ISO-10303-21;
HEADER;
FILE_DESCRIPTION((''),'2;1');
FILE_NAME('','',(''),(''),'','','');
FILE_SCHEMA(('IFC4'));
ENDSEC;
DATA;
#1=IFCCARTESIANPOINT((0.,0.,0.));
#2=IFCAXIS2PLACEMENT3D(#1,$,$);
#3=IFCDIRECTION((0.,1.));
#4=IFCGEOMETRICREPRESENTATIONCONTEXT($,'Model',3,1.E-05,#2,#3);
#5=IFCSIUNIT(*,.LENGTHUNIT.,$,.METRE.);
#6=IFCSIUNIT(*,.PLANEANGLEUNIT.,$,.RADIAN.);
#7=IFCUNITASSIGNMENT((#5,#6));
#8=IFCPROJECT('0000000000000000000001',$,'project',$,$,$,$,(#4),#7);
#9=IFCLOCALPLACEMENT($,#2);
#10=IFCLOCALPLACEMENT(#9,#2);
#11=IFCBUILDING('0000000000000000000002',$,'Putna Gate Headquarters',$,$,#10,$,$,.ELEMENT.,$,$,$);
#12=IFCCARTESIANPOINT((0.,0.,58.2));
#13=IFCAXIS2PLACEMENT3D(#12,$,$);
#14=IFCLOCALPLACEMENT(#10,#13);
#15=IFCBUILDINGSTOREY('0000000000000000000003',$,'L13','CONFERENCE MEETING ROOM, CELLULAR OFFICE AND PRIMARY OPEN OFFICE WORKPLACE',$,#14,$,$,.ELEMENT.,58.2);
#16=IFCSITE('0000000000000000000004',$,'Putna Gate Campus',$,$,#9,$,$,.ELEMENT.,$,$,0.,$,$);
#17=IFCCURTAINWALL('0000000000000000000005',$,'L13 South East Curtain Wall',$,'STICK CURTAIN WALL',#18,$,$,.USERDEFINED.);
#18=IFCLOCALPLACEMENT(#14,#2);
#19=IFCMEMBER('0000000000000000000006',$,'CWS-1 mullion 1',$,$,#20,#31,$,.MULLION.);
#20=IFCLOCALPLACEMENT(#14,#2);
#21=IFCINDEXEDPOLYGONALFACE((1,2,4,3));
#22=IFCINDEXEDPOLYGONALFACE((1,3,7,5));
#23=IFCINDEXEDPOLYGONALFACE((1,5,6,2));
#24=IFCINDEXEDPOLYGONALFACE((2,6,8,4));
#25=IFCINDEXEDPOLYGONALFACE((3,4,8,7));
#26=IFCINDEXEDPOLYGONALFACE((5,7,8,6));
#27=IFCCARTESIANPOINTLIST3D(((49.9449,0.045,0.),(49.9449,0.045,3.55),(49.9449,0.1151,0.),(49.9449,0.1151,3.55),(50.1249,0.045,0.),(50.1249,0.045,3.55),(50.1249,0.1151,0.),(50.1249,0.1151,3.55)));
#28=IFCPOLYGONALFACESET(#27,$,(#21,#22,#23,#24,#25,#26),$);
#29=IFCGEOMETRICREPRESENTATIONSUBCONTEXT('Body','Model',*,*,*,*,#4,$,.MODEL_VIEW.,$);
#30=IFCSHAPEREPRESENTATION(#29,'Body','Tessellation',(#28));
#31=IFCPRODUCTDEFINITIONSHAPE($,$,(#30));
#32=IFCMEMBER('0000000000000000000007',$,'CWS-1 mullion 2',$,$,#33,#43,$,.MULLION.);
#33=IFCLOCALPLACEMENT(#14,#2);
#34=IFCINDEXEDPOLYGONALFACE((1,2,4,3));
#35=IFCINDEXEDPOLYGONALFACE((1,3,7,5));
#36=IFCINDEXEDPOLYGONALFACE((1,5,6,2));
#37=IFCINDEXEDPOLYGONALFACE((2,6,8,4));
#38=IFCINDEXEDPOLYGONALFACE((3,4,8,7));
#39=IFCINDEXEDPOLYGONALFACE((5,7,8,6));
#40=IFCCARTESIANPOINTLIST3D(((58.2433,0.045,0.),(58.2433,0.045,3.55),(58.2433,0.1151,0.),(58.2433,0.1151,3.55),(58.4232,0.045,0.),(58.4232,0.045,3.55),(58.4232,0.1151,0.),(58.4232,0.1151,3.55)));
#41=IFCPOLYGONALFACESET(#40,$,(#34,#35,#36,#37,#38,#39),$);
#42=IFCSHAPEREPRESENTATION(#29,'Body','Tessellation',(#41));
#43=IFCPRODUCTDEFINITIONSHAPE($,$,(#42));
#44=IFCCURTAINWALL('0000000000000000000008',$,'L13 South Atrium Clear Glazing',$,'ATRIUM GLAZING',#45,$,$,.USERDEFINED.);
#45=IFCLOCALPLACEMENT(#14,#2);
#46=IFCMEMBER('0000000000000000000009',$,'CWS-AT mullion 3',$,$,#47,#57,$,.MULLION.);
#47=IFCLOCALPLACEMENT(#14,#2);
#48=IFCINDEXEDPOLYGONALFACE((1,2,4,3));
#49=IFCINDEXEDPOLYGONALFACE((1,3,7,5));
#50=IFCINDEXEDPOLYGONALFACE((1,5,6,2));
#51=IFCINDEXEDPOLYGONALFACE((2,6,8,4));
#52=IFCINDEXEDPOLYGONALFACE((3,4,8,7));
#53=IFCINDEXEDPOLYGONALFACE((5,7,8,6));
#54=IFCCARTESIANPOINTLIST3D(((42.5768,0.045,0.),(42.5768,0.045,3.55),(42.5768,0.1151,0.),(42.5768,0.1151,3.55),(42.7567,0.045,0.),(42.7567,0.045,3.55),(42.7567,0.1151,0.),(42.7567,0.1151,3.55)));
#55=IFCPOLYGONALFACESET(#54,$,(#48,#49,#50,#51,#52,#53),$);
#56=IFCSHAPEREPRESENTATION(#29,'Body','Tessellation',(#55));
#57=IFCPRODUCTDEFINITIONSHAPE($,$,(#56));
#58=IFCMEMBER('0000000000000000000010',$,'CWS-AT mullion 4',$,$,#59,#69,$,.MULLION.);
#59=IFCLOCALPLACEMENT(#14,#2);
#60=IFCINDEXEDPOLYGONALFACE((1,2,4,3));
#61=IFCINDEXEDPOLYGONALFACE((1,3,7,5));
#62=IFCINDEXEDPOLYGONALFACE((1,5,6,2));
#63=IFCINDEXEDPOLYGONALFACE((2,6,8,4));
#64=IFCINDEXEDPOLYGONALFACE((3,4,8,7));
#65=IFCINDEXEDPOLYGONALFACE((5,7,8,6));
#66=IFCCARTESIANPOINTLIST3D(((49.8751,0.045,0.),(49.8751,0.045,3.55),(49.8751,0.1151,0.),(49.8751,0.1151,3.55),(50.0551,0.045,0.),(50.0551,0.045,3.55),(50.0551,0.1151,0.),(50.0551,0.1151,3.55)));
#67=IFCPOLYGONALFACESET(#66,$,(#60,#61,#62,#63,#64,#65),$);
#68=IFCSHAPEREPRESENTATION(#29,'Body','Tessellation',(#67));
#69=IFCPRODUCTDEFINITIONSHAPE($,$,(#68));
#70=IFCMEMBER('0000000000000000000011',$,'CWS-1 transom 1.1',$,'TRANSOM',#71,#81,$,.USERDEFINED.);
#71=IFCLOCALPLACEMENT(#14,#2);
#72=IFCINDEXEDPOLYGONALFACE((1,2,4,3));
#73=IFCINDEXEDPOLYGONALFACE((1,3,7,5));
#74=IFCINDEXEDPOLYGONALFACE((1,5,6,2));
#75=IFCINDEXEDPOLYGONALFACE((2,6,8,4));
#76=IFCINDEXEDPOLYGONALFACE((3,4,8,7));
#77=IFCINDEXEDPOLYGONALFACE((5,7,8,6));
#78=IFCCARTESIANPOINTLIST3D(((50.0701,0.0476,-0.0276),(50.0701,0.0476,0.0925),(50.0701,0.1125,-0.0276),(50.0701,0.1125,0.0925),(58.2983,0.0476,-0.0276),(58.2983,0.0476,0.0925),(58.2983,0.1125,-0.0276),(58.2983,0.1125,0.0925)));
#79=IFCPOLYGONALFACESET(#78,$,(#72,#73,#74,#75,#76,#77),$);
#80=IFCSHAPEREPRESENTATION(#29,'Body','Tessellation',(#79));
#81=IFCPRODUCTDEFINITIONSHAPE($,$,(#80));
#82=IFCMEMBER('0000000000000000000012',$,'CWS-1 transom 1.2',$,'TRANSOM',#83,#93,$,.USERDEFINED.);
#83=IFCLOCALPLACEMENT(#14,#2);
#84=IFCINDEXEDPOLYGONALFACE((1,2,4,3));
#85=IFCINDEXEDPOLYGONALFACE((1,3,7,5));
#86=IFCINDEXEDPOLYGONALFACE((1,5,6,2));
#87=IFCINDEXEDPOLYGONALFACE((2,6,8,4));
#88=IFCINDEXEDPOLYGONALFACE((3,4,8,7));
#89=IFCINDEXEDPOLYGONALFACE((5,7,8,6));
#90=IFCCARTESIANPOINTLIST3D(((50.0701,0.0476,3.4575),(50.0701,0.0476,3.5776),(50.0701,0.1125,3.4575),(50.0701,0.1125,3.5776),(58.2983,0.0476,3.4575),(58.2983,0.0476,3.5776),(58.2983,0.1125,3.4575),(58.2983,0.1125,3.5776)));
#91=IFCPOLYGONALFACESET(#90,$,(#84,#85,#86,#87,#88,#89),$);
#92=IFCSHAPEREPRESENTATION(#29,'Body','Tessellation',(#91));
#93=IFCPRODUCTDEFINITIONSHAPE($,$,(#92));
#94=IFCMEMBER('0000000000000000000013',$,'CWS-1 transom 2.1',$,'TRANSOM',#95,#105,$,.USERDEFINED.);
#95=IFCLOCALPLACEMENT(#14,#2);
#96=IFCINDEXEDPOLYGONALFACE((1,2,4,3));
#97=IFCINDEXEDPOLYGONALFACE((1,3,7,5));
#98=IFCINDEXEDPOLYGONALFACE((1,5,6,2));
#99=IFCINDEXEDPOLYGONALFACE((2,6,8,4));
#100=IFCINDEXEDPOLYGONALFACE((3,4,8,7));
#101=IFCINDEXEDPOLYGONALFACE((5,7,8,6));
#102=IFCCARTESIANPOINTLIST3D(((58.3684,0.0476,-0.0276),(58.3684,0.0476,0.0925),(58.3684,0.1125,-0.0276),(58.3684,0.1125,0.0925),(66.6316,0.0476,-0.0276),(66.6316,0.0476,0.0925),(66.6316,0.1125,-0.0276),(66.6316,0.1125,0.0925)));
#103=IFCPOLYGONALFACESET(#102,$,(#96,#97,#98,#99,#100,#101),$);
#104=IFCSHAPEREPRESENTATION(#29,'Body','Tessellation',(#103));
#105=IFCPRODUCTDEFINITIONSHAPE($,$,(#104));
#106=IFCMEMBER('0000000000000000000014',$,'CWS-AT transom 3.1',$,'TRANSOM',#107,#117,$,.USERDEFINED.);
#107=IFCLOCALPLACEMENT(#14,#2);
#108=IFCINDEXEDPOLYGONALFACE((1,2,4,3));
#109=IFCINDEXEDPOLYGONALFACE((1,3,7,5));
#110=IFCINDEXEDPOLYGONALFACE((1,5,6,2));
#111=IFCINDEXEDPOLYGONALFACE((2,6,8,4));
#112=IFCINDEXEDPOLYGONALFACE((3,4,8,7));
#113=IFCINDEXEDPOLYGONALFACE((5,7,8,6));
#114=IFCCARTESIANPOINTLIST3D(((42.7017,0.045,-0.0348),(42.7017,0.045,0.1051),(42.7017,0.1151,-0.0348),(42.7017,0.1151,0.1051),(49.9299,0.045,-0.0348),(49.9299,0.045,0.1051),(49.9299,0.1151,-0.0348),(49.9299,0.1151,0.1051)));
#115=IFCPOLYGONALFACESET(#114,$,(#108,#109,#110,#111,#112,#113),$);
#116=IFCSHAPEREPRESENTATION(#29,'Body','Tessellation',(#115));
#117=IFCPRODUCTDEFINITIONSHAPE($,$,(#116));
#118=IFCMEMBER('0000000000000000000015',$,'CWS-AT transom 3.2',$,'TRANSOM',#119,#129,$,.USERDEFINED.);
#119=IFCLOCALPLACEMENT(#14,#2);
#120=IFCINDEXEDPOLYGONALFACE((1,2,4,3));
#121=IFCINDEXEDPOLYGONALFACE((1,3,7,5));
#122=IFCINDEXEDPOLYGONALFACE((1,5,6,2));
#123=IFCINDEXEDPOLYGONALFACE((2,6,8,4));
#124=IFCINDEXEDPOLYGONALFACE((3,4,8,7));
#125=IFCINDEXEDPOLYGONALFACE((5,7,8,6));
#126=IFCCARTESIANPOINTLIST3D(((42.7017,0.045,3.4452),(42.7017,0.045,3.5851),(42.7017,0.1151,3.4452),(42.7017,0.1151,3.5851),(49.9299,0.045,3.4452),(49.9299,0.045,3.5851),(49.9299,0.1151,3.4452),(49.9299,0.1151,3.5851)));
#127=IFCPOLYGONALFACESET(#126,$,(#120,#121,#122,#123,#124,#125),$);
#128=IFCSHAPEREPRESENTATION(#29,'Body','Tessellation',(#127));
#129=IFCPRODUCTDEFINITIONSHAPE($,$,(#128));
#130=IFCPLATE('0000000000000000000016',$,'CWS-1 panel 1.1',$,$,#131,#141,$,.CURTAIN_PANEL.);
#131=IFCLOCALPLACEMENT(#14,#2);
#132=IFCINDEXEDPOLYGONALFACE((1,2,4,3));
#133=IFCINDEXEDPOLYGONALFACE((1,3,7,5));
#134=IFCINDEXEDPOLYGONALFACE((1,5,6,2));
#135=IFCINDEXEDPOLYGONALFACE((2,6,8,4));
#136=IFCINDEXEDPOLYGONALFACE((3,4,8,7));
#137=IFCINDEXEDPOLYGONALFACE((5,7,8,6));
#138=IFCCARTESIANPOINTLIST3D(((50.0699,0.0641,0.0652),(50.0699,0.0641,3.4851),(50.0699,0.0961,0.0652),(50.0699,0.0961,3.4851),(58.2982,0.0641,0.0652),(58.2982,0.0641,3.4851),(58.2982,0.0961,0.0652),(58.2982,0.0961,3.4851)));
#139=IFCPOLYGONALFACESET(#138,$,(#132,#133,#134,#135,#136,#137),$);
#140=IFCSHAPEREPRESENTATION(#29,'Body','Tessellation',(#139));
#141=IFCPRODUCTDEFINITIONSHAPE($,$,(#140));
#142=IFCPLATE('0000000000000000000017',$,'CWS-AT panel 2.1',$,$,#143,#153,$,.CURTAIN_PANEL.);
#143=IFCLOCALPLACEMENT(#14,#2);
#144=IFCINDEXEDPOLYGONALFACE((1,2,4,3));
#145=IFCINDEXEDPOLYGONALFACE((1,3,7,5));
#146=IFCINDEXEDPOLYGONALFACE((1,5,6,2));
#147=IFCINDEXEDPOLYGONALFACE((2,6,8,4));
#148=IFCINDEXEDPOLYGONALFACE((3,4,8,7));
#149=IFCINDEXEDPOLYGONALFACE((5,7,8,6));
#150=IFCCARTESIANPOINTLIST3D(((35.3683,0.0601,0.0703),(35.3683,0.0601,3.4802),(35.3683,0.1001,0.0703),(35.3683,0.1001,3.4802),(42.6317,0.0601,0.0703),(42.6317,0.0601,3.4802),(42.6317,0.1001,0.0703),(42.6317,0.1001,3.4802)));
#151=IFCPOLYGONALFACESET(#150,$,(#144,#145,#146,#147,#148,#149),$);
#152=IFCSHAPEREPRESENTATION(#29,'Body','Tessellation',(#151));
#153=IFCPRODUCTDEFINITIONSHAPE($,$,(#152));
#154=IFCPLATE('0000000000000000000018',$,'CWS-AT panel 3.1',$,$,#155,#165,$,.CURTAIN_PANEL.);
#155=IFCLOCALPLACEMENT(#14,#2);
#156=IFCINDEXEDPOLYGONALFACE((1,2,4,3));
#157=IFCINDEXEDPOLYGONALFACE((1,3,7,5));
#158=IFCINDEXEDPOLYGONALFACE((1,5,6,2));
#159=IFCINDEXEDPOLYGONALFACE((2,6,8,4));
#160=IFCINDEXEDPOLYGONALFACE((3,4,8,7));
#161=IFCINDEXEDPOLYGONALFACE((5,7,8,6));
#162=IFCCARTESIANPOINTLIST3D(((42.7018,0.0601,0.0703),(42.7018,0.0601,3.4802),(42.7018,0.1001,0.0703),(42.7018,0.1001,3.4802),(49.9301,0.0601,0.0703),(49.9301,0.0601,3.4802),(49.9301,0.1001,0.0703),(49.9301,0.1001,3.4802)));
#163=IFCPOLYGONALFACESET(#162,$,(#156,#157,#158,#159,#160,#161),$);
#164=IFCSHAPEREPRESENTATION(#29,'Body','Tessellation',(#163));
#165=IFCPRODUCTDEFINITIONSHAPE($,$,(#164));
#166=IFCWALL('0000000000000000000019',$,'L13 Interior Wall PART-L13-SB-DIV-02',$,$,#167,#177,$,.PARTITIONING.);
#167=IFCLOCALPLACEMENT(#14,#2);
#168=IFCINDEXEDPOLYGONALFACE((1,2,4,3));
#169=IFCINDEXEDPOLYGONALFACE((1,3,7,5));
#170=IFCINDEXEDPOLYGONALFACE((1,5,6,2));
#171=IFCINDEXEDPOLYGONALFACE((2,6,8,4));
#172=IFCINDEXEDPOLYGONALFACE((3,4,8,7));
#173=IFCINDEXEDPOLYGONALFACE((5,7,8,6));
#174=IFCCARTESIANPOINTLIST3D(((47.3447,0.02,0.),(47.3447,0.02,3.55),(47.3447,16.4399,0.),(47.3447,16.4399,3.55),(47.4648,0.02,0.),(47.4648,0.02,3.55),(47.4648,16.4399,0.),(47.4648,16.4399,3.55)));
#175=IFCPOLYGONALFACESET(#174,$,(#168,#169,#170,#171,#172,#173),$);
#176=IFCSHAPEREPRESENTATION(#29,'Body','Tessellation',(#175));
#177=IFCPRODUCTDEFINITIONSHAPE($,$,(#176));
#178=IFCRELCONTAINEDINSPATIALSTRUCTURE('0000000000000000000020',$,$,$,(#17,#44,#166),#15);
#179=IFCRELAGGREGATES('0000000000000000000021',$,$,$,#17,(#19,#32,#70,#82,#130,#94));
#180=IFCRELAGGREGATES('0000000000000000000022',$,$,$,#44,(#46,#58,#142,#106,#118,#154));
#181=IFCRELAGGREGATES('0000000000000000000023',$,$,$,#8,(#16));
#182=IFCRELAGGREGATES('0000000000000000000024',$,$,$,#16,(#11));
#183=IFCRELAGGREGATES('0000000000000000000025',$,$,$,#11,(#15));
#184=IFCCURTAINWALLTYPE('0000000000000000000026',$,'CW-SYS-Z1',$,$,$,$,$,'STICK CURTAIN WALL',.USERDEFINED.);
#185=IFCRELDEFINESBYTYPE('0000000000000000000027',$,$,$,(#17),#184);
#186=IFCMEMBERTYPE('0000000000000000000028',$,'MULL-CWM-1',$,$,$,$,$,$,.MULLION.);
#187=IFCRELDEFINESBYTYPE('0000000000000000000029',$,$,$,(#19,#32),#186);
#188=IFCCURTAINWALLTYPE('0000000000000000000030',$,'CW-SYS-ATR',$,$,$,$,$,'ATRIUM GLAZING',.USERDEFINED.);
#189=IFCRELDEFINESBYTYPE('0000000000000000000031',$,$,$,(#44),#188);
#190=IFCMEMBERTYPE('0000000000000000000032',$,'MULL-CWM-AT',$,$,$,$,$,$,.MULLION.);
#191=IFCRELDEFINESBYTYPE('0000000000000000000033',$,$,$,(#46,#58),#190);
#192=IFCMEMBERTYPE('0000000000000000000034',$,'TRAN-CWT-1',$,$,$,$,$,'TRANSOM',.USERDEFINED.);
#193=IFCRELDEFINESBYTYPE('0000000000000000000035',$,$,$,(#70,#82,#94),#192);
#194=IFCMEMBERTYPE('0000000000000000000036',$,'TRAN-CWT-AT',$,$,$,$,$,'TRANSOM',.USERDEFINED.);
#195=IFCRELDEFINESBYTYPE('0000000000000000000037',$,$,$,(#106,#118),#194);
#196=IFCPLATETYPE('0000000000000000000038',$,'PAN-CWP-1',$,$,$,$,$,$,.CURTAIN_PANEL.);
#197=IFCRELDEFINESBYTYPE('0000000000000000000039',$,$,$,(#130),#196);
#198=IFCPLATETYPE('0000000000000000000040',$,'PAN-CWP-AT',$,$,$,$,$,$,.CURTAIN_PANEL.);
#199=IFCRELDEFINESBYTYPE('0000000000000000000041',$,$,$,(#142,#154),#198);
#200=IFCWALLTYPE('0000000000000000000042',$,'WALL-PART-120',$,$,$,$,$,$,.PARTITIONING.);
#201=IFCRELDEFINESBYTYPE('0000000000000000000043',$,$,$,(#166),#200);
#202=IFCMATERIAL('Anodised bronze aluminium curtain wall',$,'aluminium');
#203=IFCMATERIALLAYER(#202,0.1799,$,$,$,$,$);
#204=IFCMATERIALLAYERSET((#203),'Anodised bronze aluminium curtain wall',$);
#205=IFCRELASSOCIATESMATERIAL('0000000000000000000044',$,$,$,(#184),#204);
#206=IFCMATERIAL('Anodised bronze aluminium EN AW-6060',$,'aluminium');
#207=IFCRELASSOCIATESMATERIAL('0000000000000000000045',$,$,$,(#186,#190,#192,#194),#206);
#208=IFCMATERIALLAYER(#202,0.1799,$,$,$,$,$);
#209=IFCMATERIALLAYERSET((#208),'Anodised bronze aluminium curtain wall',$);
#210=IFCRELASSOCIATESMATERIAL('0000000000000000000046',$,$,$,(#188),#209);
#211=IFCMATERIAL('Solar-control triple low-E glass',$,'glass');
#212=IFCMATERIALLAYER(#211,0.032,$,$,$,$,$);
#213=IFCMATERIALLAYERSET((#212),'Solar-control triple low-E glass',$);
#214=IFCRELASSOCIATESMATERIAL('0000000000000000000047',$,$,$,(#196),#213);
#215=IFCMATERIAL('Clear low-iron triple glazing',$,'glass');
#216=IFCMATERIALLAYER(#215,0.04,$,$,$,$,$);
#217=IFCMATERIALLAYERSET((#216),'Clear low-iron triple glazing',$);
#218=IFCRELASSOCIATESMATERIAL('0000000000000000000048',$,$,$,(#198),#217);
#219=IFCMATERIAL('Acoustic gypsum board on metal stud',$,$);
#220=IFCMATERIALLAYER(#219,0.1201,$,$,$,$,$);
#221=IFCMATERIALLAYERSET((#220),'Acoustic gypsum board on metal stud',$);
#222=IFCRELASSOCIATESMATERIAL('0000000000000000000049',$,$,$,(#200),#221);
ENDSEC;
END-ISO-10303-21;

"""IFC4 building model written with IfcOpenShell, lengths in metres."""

from ifc_helpers import new_model, si_unit, direction, frame, frame_2d, origin, origin_2d, place, context, subcontext, project, spatial, rectangle, extrude, material, layer, layer_set, material_profile, profile_set, type_object, element, aggregate, save


model = new_model("IFC4")

# Units and contexts
model_context = context("Model", 3, precision=1e-05, world=origin(), true_north=direction((0.0, 1.0)))
body_context = subcontext(model_context, "Body", "Model", "MODEL_VIEW")
ifc_project = project(units=[si_unit("LENGTHUNIT", "METRE"), si_unit("PLANEANGLEUNIT", "RADIAN")], contexts=[model_context])

# Site, building, storey
site_placement = place(None, origin())
site = spatial("IfcSite", under=ifc_project, at=site_placement, Name="Putna Gate Campus", CompositionType="ELEMENT", RefElevation=0.0)
building_placement = place(site_placement, origin())
building = spatial("IfcBuilding", under=site, at=building_placement, Name="Putna Gate Headquarters", CompositionType="ELEMENT")
storey_placement = place(building_placement, frame((0.0, 0.0, 58.2)))
storey = spatial("IfcBuildingStorey", under=building, at=storey_placement, Name="L13", Description="CONFERENCE MEETING ROOM, CELLULAR OFFICE AND PRIMARY OPEN OFFICE WORKPLACE", CompositionType="ELEMENT", Elevation=58.2)

# Curtain walls, members
ifc_material_1 = material(Name="Anodised bronze aluminium curtain wall", Category="aluminium")
ifc_layer_1 = layer(ifc_material_1, 0.1799)
ifc_layer_set_1 = layer_set([ifc_layer_1], Name="Anodised bronze aluminium curtain wall")
curtain_wall_type_1 = type_object("IfcCurtainWallType", Name="CW-SYS-Z1", ElementType="STICK CURTAIN WALL", PredefinedType="USERDEFINED", material=ifc_layer_set_1)
curtain_wall_1_placement = place(storey_placement, origin())
curtain_wall_1 = element("IfcCurtainWall", 1, at=curtain_wall_1_placement, inside=storey, type_object=curtain_wall_type_1, Name="L13 South East Curtain Wall", ObjectType="STICK CURTAIN WALL", PredefinedType="USERDEFINED")
ifc_material_2 = material(Name="Anodised bronze aluminium EN AW-6060", Category="aluminium")
ifc_material_profile_1 = material_profile(ifc_material_2, rectangle(XDim=0.0701, YDim=0.1799, at=origin_2d()), Name="Anodised bronze aluminium EN AW-6060")
ifc_profile_set_1 = profile_set([ifc_material_profile_1], Name="Anodised bronze aluminium EN AW-6060")
member_type_1 = type_object("IfcMemberType", Name="MULL-CWM-1", PredefinedType="MULLION", material=ifc_profile_set_1)
member_1_placement = place(storey_placement, frame((50.0349, 0.0801, 0.0), z_axis=(0.0, 0.0, 1.0), x_axis=(0.0, 1.0, 0.0)))
member_1 = element("IfcMember", 2, at=member_1_placement, type_object=member_type_1, Name="CWS-1 mullion 1", PredefinedType="MULLION", context=body_context, shape_type="SweptSolid", body=[
    extrude(rectangle(XDim=0.0701, YDim=0.1799, at=origin_2d()), origin(), (0.0, 0.0, 1.0), 3.55),
])
member_2_placement = place(storey_placement, frame((58.3333, 0.0801, 0.0), z_axis=(0.0, 0.0, 1.0), x_axis=(0.0, 1.0, 0.0)))
member_2 = element("IfcMember", 3, at=member_2_placement, type_object=member_type_1, Name="CWS-1 mullion 2", PredefinedType="MULLION", context=body_context, shape_type="SweptSolid", body=[
    extrude(rectangle(XDim=0.0701, YDim=0.1799, at=origin_2d()), origin(), (0.0, 0.0, 1.0), 3.55),
])
ifc_layer_2 = layer(ifc_material_1, 0.1799)
ifc_layer_set_2 = layer_set([ifc_layer_2], Name="Anodised bronze aluminium curtain wall")
curtain_wall_type_2 = type_object("IfcCurtainWallType", Name="CW-SYS-ATR", ElementType="ATRIUM GLAZING", PredefinedType="USERDEFINED", material=ifc_layer_set_2)
curtain_wall_2_placement = place(storey_placement, origin())
curtain_wall_2 = element("IfcCurtainWall", 4, at=curtain_wall_2_placement, inside=storey, type_object=curtain_wall_type_2, Name="L13 South Atrium Clear Glazing", ObjectType="ATRIUM GLAZING", PredefinedType="USERDEFINED")
ifc_material_profile_2 = material_profile(ifc_material_2, rectangle(XDim=0.0701, YDim=0.1799, at=origin_2d()), Name="Anodised bronze aluminium EN AW-6060")
ifc_profile_set_2 = profile_set([ifc_material_profile_2], Name="Anodised bronze aluminium EN AW-6060")
member_type_2 = type_object("IfcMemberType", Name="MULL-CWM-AT", PredefinedType="MULLION", material=ifc_profile_set_2)
member_3_placement = place(storey_placement, frame((42.6667, 0.0801, 0.0), z_axis=(0.0, 0.0, 1.0), x_axis=(0.0, 1.0, 0.0)))
member_3 = element("IfcMember", 5, at=member_3_placement, type_object=member_type_2, Name="CWS-AT mullion 3", PredefinedType="MULLION", context=body_context, shape_type="SweptSolid", body=[
    extrude(rectangle(XDim=0.0701, YDim=0.1799, at=origin_2d()), origin(), (0.0, 0.0, 1.0), 3.55),
])
member_4_placement = place(storey_placement, frame((49.9651, 0.0801, 0.0), z_axis=(0.0, 0.0, 1.0), x_axis=(0.0, 1.0, 0.0)))
member_4 = element("IfcMember", 6, at=member_4_placement, type_object=member_type_2, Name="CWS-AT mullion 4", PredefinedType="MULLION", context=body_context, shape_type="SweptSolid", body=[
    extrude(rectangle(XDim=0.0701, YDim=0.1799, at=origin_2d()), origin(), (0.0, 0.0, 1.0), 3.55),
])

# Members
ifc_material_profile_3 = material_profile(ifc_material_2, rectangle(XDim=0.0649, YDim=0.1201, at=origin_2d()), Name="Anodised bronze aluminium EN AW-6060")
ifc_profile_set_3 = profile_set([ifc_material_profile_3], Name="Anodised bronze aluminium EN AW-6060")
member_type_3 = type_object("IfcMemberType", Name="TRAN-CWT-1", ElementType="TRANSOM", PredefinedType="USERDEFINED", material=ifc_profile_set_3)
member_5_placement = place(storey_placement, frame((50.0701, 0.0801, 0.0325), z_axis=(1.0, 0.0, 0.0), x_axis=(0.0, 1.0, 0.0)))
member_5 = element("IfcMember", 7, at=member_5_placement, type_object=member_type_3, Name="CWS-1 transom 1.1", ObjectType="TRANSOM", PredefinedType="USERDEFINED", context=body_context, shape_type="SweptSolid", body=[
    extrude(rectangle(XDim=0.0649, YDim=0.1201, at=origin_2d()), origin(), (0.0, 0.0, 1.0), 8.2283),
])
member_6_placement = place(storey_placement, frame((50.0701, 0.0801, 3.5176), z_axis=(1.0, 0.0, 0.0), x_axis=(0.0, 1.0, 0.0)))
member_6 = element("IfcMember", 8, at=member_6_placement, type_object=member_type_3, Name="CWS-1 transom 1.2", ObjectType="TRANSOM", PredefinedType="USERDEFINED", context=body_context, shape_type="SweptSolid", body=[
    extrude(rectangle(XDim=0.0649, YDim=0.1201, at=origin_2d()), origin(), (0.0, 0.0, 1.0), 8.2283),
])
member_7_placement = place(storey_placement, frame((58.3684, 0.0801, 0.0325), z_axis=(1.0, 0.0, 0.0), x_axis=(0.0, 1.0, 0.0)))
member_7 = element("IfcMember", 9, at=member_7_placement, type_object=member_type_3, Name="CWS-1 transom 2.1", ObjectType="TRANSOM", PredefinedType="USERDEFINED", context=body_context, shape_type="SweptSolid", body=[
    extrude(rectangle(XDim=0.0649, YDim=0.1201, at=origin_2d()), origin(), (0.0, 0.0, 1.0), 8.2632),
])
ifc_material_profile_4 = material_profile(ifc_material_2, rectangle(XDim=0.0701, YDim=0.1399, at=origin_2d()), Name="Anodised bronze aluminium EN AW-6060")
ifc_profile_set_4 = profile_set([ifc_material_profile_4], Name="Anodised bronze aluminium EN AW-6060")
member_type_4 = type_object("IfcMemberType", Name="TRAN-CWT-AT", ElementType="TRANSOM", PredefinedType="USERDEFINED", material=ifc_profile_set_4)
member_8_placement = place(storey_placement, frame((42.7017, 0.0801, 0.0352), z_axis=(1.0, 0.0, 0.0), x_axis=(0.0, 1.0, 0.0)))
member_8 = element("IfcMember", 10, at=member_8_placement, type_object=member_type_4, Name="CWS-AT transom 3.1", ObjectType="TRANSOM", PredefinedType="USERDEFINED", context=body_context, shape_type="SweptSolid", body=[
    extrude(rectangle(XDim=0.0701, YDim=0.1399, at=origin_2d()), origin(), (0.0, 0.0, 1.0), 7.2283),
])
member_9_placement = place(storey_placement, frame((42.7017, 0.0801, 3.5151), z_axis=(1.0, 0.0, 0.0), x_axis=(0.0, 1.0, 0.0)))
member_9 = element("IfcMember", 11, at=member_9_placement, type_object=member_type_4, Name="CWS-AT transom 3.2", ObjectType="TRANSOM", PredefinedType="USERDEFINED", context=body_context, shape_type="SweptSolid", body=[
    extrude(rectangle(XDim=0.0701, YDim=0.1399, at=origin_2d()), origin(), (0.0, 0.0, 1.0), 7.2283),
])

# Plates
ifc_material_3 = material(Name="Solar-control triple low-E glass", Category="glass")
ifc_layer_3 = layer(ifc_material_3, 0.032)
ifc_layer_set_3 = layer_set([ifc_layer_3], Name="Solar-control triple low-E glass")
plate_type_1 = type_object("IfcPlateType", Name="PAN-CWP-1", PredefinedType="CURTAIN_PANEL", material=ifc_layer_set_3)
plate_1_placement = place(storey_placement, frame((54.1841, 0.0801, 0.0652), z_axis=(0.0, 0.0, 1.0), x_axis=(1.0, 0.0, 0.0)))
plate_1 = element("IfcPlate", 12, at=plate_1_placement, type_object=plate_type_1, Name="CWS-1 panel 1.1", PredefinedType="CURTAIN_PANEL", context=body_context, shape_type="SweptSolid", body=[
    extrude(rectangle(XDim=8.2283, YDim=0.032, at=origin_2d()), origin(), (0.0, 0.0, 1.0), 3.4199),
])
aggregate(curtain_wall_1, [member_1, member_2, member_5, member_6, plate_1, member_7])
ifc_material_4 = material(Name="Clear low-iron triple glazing", Category="glass")
ifc_layer_4 = layer(ifc_material_4, 0.04)
ifc_layer_set_4 = layer_set([ifc_layer_4], Name="Clear low-iron triple glazing")
plate_type_2 = type_object("IfcPlateType", Name="PAN-CWP-AT", PredefinedType="CURTAIN_PANEL", material=ifc_layer_set_4)
plate_2_placement = place(storey_placement, frame((39.0, 0.0801, 0.0703), z_axis=(0.0, 0.0, 1.0), x_axis=(1.0, 0.0, 0.0)))
plate_2 = element("IfcPlate", 13, at=plate_2_placement, type_object=plate_type_2, Name="CWS-AT panel 2.1", PredefinedType="CURTAIN_PANEL", context=body_context, shape_type="SweptSolid", body=[
    extrude(rectangle(XDim=7.2634, YDim=0.04, at=origin_2d()), origin(), (0.0, 0.0, 1.0), 3.4099),
])
plate_3_placement = place(storey_placement, frame((46.3159, 0.0801, 0.0703), z_axis=(0.0, 0.0, 1.0), x_axis=(1.0, 0.0, 0.0)))
plate_3 = element("IfcPlate", 14, at=plate_3_placement, type_object=plate_type_2, Name="CWS-AT panel 3.1", PredefinedType="CURTAIN_PANEL", context=body_context, shape_type="SweptSolid", body=[
    extrude(rectangle(XDim=7.2283, YDim=0.04, at=origin_2d()), origin(), (0.0, 0.0, 1.0), 3.4099),
])
aggregate(curtain_wall_2, [member_3, member_4, plate_2, member_8, member_9, plate_3])

# Wall
ifc_material_5 = material(Name="Acoustic gypsum board on metal stud")
ifc_layer_5 = layer(ifc_material_5, 0.1201)
ifc_layer_set_5 = layer_set([ifc_layer_5], Name="Acoustic gypsum board on metal stud")
wall_type = type_object("IfcWallType", Name="WALL-PART-120", PredefinedType="PARTITIONING", material=ifc_layer_set_5)
wall_placement = place(storey_placement, frame((47.4048, 0.02, 0.0), z_axis=(0.0, 0.0, 1.0), x_axis=(0.0, 1.0, 0.0)))
element("IfcWall", 15, at=wall_placement, inside=storey, type_object=wall_type, Name="L13 Interior Wall PART-L13-SB-DIV-02", PredefinedType="PARTITIONING", context=body_context, shape_type="SweptSolid", body=[
    extrude(rectangle(XDim=16.4199, YDim=0.1201, at=frame_2d((8.21, 0.0))), origin(), (0.0, 0.0, 1.0), 3.55),
])

save(model, "model.ifc")
